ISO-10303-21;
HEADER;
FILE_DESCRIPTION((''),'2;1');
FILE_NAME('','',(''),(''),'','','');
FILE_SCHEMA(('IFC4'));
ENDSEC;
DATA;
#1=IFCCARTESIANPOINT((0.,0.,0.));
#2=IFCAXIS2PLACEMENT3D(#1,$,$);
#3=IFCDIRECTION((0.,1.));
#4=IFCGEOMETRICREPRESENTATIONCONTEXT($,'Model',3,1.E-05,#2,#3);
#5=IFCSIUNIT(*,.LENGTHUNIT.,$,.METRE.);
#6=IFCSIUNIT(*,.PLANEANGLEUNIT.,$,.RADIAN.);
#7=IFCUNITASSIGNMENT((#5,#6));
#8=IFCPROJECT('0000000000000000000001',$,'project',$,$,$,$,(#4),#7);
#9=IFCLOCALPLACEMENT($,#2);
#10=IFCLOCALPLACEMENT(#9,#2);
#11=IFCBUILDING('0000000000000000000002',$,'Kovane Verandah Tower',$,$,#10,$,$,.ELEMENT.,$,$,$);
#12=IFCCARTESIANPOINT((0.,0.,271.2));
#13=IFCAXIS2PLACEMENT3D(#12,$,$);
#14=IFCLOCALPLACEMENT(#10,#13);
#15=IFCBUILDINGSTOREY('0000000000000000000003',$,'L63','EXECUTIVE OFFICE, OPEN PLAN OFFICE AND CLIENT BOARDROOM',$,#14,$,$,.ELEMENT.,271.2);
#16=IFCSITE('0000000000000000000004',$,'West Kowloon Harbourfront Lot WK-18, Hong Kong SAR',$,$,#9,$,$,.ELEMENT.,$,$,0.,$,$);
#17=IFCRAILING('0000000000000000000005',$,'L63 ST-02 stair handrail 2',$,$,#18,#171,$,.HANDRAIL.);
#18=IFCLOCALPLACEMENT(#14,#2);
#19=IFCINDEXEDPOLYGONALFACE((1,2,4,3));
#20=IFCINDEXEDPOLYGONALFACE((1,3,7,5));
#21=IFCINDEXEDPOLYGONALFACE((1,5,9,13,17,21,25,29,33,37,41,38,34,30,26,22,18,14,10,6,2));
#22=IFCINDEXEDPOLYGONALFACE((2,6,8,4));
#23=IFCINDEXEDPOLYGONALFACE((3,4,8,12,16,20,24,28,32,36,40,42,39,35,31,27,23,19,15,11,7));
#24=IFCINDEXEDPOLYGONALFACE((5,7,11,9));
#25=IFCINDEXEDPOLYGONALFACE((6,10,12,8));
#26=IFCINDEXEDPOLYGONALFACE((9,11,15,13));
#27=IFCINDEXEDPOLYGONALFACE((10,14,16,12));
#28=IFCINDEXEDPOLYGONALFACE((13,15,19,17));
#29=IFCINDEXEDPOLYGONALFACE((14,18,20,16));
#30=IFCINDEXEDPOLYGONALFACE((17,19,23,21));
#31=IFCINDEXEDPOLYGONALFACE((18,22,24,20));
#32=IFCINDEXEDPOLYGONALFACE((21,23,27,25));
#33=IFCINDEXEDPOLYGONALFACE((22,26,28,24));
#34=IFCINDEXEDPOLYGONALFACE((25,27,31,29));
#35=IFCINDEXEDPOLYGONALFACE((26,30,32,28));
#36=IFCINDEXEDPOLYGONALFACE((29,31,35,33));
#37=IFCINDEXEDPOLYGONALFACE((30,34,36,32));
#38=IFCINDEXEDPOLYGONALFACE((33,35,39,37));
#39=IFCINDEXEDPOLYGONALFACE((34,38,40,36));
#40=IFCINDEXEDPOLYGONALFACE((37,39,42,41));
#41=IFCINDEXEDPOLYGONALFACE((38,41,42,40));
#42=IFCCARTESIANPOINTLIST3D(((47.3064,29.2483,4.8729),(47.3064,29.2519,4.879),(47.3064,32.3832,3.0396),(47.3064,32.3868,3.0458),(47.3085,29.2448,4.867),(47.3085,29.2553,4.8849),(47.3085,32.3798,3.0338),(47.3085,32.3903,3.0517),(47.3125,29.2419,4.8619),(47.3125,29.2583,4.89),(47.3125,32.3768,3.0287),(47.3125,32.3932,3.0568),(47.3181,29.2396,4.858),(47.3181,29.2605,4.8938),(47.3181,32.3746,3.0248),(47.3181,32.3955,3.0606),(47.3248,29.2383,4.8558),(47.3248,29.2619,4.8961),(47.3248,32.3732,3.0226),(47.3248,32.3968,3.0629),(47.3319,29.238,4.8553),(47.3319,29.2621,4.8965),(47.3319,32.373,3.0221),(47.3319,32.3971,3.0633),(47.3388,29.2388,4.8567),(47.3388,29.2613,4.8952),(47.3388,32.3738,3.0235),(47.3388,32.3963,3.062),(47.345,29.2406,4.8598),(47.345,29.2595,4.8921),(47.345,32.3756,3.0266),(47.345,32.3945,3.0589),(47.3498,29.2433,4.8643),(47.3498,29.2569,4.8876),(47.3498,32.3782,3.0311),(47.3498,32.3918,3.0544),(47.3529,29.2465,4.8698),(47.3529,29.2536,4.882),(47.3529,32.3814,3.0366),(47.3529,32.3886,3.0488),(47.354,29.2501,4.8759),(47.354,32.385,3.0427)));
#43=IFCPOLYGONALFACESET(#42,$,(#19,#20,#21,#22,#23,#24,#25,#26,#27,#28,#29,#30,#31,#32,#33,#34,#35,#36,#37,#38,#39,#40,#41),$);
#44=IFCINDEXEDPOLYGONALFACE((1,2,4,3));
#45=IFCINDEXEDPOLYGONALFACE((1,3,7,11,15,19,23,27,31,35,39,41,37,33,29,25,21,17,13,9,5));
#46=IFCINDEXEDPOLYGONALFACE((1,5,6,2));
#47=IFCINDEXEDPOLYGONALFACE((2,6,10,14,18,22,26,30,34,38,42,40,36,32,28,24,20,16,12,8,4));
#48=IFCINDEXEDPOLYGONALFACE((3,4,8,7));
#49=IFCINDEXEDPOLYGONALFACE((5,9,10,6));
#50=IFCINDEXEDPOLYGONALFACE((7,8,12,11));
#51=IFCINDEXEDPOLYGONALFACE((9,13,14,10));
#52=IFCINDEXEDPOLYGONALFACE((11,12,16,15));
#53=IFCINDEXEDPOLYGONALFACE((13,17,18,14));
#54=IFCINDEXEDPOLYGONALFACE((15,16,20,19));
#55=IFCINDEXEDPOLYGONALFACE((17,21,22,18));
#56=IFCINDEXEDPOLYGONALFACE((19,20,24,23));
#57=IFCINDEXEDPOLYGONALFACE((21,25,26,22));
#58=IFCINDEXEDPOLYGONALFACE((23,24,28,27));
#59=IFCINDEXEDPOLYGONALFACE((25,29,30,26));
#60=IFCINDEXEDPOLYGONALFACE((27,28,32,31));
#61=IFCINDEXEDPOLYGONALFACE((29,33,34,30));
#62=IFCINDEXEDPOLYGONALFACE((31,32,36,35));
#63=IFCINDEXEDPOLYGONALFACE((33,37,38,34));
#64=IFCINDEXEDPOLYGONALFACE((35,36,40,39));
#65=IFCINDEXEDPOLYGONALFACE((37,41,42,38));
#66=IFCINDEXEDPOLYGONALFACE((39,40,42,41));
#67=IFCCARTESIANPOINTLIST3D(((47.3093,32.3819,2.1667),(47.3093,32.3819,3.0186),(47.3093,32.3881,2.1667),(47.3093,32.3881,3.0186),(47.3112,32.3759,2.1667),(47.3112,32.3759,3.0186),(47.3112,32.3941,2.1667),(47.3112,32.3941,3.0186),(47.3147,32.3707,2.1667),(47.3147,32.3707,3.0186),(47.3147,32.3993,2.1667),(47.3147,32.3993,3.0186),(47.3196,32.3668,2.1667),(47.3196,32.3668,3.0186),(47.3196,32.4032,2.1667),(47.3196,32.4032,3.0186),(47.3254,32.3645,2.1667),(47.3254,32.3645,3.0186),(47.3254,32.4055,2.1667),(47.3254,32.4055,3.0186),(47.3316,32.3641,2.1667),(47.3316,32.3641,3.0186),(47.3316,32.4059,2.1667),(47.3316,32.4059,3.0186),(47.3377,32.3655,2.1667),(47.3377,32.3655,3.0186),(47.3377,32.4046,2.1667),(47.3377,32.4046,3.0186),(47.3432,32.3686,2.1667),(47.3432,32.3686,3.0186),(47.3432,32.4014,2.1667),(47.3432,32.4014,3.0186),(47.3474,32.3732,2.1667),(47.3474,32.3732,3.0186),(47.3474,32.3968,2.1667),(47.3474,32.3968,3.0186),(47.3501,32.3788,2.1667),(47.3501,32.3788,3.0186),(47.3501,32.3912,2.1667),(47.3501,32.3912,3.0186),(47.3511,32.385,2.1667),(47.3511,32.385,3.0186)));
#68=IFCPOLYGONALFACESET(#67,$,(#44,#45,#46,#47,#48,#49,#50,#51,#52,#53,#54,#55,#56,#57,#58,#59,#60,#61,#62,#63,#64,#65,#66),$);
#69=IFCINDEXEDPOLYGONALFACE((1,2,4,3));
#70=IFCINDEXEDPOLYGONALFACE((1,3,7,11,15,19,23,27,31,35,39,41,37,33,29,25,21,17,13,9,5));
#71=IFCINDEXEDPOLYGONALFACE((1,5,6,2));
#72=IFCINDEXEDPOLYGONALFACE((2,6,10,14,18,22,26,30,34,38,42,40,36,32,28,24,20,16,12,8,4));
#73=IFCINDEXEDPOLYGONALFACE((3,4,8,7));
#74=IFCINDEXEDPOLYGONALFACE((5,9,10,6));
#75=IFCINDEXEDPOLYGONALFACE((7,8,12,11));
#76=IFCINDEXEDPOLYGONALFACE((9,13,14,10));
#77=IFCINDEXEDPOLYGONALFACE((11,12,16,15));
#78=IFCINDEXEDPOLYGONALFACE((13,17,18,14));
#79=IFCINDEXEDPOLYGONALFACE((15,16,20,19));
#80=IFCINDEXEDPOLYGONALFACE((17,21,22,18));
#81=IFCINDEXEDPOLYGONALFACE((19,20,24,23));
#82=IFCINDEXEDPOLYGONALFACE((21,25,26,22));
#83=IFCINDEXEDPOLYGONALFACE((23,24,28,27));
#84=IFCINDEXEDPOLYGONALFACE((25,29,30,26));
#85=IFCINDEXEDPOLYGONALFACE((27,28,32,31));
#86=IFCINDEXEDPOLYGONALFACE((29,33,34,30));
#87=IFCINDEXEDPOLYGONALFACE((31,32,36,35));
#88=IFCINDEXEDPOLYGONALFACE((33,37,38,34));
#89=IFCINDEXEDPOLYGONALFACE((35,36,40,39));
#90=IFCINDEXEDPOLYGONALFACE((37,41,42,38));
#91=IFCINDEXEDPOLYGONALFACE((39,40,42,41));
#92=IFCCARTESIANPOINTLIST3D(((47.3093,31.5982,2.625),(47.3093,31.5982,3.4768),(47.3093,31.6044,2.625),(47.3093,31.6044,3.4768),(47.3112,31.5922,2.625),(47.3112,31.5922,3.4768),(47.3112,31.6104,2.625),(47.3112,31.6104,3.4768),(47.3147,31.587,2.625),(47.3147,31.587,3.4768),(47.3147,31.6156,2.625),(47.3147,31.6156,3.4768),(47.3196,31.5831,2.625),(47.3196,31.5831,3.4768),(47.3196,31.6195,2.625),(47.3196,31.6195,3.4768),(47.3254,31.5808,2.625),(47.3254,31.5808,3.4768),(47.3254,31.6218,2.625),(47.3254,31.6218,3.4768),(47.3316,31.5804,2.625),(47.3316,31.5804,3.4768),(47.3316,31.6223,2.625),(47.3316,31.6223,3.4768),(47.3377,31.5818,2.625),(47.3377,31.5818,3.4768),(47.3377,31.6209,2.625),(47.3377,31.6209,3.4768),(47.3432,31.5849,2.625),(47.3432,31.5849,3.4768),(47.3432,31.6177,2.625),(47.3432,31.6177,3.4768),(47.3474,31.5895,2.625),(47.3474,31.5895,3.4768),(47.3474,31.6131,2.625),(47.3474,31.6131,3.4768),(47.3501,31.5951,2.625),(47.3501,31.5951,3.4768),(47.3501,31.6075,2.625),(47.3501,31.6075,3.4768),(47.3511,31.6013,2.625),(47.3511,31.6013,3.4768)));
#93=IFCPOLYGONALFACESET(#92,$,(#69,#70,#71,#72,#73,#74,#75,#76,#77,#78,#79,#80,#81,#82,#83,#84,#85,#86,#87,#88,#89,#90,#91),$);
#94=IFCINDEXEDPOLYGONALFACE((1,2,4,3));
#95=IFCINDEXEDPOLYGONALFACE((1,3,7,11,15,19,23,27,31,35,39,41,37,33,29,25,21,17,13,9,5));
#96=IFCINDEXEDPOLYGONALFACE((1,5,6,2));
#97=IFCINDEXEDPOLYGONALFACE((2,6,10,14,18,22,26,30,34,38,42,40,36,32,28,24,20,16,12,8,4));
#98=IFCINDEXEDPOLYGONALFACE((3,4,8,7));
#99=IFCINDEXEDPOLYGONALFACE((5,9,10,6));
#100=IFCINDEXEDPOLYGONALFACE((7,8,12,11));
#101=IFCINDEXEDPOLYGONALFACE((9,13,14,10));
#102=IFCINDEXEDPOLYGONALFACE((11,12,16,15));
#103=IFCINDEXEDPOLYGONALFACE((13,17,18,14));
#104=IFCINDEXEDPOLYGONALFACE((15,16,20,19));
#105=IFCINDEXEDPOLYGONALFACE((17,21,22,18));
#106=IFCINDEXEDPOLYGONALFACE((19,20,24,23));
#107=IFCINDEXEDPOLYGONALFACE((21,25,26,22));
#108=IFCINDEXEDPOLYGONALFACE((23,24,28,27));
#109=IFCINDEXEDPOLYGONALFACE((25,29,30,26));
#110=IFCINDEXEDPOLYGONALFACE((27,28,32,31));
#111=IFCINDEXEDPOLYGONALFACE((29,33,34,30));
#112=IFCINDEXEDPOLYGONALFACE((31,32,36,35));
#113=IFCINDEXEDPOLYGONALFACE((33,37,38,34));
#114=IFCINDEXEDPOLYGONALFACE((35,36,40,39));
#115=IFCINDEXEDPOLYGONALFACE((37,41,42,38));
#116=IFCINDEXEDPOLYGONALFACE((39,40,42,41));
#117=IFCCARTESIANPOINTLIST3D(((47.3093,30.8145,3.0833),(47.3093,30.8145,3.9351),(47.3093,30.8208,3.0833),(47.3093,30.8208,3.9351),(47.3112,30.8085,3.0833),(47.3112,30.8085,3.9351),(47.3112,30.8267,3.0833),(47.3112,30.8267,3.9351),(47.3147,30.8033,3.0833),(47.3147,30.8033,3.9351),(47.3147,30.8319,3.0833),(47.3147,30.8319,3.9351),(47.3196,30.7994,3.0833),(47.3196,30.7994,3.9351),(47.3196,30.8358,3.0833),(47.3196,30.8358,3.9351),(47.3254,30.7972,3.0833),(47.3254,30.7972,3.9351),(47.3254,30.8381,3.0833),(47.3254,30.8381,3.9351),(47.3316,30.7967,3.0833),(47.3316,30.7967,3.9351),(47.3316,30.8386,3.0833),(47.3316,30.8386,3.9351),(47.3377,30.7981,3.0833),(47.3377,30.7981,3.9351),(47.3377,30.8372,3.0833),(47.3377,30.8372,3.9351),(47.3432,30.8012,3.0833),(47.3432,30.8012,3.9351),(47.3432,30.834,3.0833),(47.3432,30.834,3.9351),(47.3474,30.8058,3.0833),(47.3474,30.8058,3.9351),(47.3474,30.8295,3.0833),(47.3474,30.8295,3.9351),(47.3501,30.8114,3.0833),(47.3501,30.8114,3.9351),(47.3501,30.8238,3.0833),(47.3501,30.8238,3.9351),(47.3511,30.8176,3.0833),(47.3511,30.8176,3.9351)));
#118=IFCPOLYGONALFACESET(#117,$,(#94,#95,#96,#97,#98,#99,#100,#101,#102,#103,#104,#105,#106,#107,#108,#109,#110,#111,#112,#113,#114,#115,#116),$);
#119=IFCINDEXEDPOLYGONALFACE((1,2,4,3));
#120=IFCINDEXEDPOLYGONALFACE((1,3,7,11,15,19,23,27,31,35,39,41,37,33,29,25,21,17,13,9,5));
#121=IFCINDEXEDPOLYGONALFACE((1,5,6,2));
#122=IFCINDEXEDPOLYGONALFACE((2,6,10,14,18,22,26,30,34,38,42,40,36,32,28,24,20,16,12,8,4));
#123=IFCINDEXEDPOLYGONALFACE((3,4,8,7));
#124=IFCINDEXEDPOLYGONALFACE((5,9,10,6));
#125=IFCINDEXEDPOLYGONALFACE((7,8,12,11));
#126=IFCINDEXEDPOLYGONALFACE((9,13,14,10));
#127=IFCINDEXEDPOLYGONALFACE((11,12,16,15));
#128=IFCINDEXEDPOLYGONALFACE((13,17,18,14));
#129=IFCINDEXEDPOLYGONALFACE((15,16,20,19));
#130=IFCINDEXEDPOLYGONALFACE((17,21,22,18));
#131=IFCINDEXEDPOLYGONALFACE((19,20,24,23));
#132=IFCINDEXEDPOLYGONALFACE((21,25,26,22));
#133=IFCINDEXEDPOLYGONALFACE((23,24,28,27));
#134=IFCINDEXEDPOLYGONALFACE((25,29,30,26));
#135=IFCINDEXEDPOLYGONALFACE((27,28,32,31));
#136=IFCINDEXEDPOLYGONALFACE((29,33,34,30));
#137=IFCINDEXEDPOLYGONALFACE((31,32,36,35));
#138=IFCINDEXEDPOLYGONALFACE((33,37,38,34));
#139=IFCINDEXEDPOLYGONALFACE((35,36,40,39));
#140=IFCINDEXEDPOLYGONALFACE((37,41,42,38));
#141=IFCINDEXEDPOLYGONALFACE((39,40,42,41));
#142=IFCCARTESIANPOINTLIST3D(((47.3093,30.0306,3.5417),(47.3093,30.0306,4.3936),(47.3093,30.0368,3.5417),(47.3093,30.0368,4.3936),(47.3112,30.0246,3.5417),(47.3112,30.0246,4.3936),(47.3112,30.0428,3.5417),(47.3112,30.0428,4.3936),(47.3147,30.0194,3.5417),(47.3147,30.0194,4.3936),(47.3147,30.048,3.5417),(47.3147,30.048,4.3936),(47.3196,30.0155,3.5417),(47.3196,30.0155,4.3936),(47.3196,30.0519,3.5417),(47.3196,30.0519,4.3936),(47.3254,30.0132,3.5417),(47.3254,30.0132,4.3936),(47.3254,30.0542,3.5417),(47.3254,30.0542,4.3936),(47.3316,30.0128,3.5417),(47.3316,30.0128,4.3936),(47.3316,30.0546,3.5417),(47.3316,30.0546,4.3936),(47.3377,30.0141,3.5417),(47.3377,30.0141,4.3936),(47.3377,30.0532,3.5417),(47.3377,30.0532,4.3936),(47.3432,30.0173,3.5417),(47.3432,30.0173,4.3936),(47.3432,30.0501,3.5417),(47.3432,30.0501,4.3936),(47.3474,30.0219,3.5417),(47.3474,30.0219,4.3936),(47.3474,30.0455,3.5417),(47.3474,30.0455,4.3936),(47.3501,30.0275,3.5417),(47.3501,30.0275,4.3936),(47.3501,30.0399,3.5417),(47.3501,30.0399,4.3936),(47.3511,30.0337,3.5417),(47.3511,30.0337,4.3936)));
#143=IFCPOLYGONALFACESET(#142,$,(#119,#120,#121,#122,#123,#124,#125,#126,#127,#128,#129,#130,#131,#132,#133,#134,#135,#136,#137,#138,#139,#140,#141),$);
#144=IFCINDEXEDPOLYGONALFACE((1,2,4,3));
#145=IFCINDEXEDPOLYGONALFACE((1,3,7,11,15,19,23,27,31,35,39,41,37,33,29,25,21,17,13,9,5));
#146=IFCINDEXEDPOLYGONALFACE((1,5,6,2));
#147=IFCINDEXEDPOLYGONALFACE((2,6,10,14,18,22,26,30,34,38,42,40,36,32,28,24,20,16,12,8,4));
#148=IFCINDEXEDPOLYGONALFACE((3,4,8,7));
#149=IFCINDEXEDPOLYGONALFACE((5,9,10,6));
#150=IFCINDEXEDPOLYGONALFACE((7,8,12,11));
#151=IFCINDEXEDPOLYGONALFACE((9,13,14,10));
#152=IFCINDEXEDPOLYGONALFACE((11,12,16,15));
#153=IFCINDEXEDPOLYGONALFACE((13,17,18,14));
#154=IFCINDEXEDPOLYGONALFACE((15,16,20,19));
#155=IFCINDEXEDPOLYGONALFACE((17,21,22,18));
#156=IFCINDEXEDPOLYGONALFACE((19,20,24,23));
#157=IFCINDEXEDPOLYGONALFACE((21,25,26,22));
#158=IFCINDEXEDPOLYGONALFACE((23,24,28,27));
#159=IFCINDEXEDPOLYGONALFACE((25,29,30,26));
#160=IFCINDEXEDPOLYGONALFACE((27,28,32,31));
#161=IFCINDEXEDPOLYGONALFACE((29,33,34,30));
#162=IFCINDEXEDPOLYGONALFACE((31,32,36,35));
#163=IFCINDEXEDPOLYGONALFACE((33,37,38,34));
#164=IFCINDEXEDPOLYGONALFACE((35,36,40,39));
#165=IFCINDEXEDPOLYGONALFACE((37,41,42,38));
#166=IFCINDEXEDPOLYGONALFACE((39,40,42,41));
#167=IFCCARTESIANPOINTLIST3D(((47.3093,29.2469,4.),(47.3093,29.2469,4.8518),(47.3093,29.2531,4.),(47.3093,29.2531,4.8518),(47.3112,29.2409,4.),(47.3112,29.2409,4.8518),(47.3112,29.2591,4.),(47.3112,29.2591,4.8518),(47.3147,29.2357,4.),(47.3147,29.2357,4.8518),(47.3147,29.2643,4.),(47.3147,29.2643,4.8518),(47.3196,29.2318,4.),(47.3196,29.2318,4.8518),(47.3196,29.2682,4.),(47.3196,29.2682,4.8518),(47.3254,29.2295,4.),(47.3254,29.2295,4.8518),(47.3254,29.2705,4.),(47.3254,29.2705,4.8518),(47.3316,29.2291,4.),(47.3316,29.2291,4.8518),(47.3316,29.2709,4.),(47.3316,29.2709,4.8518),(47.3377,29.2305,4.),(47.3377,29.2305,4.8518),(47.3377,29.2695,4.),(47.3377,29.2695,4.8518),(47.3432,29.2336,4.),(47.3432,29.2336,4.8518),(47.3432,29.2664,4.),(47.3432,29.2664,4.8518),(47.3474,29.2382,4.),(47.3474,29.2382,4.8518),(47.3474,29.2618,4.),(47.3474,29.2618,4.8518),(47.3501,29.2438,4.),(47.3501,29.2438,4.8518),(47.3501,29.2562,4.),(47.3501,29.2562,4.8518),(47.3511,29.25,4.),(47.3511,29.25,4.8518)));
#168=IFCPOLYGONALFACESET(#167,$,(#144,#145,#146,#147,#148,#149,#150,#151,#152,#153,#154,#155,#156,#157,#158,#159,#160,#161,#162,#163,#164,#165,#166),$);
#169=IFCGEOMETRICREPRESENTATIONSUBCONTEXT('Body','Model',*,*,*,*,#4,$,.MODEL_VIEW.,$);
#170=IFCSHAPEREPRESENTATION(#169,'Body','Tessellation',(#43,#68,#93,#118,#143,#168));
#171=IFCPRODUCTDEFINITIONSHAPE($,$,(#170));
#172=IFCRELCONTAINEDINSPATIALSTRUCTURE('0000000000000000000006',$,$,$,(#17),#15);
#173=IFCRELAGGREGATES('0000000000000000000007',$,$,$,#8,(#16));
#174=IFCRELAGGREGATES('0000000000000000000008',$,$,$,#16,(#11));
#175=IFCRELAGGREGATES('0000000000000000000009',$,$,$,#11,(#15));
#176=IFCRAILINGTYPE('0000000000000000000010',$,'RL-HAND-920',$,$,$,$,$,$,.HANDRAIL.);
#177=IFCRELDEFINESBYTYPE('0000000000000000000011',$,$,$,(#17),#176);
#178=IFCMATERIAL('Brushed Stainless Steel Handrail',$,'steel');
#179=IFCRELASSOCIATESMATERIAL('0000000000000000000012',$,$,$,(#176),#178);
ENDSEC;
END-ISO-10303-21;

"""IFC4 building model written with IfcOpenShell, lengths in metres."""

from ifc_helpers import new_model, si_unit, direction, frame, origin, origin_2d, place, context, subcontext, project, spatial, circle, extrude, material, type_object, element, save


model = new_model("IFC4")

# Units and contexts
model_context = context("Model", 3, precision=1e-05, world=origin(), true_north=direction((0.0, 1.0)))
body_context = subcontext(model_context, "Body", "Model", "MODEL_VIEW")
ifc_project = project(units=[si_unit("LENGTHUNIT", "METRE"), si_unit("PLANEANGLEUNIT", "RADIAN")], contexts=[model_context])

# Site, building, storey
site_placement = place(None, origin())
site = spatial("IfcSite", under=ifc_project, at=site_placement, Name="West Kowloon Harbourfront Lot WK-18, Hong Kong SAR", CompositionType="ELEMENT", RefElevation=0.0)
building_placement = place(site_placement, origin())
building = spatial("IfcBuilding", under=site, at=building_placement, Name="Kovane Verandah Tower", CompositionType="ELEMENT")
storey_placement = place(building_placement, frame((0.0, 0.0, 271.2)))
storey = spatial("IfcBuildingStorey", under=building, at=storey_placement, Name="L63", Description="EXECUTIVE OFFICE, OPEN PLAN OFFICE AND CLIENT BOARDROOM", CompositionType="ELEMENT", Elevation=271.2)

# Railing
ifc_material_1 = material(Name="Brushed Stainless Steel Handrail", Category="steel")
railing_type_1 = type_object("IfcRailingType", Name="RL-HAND-920", PredefinedType="HANDRAIL", material=ifc_material_1)
for number, where, name in (
    (1, (47.3301, 32.385, 2.1667), "L63 ST-02 stair handrail 2"),
):
    element("IfcRailing", number, at=place(storey_placement, frame(where)), inside=storey, type_object=railing_type_1, Name=name, PredefinedType="HANDRAIL", context=body_context, shape_type="SweptSolid", body=[
        extrude(circle(Radius=0.0239, at=origin_2d()), frame((0.0, 0.0, 0.876), z_axis=(0.0, -0.86324, 0.504794), x_axis=(1.0, 0.0, 0.0)), (0.0, 0.0, 1.0), 3.6316),
        extrude(circle(Radius=0.021, at=origin_2d()), origin(), (0.0, 0.0, 1.0), 0.8518),
        extrude(circle(Radius=0.021, at=origin_2d()), frame((0.0, -0.7837, 0.4583)), (0.0, 0.0, 1.0), 0.8518),
        extrude(circle(Radius=0.021, at=origin_2d()), frame((0.0, -1.5674, 0.9165)), (0.0, 0.0, 1.0), 0.8518),
        extrude(circle(Radius=0.021, at=origin_2d()), frame((0.0, -2.3513, 1.375)), (0.0, 0.0, 1.0), 0.8518),
        extrude(circle(Radius=0.021, at=origin_2d()), frame((0.0, -3.135, 1.8333)), (0.0, 0.0, 1.0), 0.8518),
    ])

save(model, "model.ifc")
